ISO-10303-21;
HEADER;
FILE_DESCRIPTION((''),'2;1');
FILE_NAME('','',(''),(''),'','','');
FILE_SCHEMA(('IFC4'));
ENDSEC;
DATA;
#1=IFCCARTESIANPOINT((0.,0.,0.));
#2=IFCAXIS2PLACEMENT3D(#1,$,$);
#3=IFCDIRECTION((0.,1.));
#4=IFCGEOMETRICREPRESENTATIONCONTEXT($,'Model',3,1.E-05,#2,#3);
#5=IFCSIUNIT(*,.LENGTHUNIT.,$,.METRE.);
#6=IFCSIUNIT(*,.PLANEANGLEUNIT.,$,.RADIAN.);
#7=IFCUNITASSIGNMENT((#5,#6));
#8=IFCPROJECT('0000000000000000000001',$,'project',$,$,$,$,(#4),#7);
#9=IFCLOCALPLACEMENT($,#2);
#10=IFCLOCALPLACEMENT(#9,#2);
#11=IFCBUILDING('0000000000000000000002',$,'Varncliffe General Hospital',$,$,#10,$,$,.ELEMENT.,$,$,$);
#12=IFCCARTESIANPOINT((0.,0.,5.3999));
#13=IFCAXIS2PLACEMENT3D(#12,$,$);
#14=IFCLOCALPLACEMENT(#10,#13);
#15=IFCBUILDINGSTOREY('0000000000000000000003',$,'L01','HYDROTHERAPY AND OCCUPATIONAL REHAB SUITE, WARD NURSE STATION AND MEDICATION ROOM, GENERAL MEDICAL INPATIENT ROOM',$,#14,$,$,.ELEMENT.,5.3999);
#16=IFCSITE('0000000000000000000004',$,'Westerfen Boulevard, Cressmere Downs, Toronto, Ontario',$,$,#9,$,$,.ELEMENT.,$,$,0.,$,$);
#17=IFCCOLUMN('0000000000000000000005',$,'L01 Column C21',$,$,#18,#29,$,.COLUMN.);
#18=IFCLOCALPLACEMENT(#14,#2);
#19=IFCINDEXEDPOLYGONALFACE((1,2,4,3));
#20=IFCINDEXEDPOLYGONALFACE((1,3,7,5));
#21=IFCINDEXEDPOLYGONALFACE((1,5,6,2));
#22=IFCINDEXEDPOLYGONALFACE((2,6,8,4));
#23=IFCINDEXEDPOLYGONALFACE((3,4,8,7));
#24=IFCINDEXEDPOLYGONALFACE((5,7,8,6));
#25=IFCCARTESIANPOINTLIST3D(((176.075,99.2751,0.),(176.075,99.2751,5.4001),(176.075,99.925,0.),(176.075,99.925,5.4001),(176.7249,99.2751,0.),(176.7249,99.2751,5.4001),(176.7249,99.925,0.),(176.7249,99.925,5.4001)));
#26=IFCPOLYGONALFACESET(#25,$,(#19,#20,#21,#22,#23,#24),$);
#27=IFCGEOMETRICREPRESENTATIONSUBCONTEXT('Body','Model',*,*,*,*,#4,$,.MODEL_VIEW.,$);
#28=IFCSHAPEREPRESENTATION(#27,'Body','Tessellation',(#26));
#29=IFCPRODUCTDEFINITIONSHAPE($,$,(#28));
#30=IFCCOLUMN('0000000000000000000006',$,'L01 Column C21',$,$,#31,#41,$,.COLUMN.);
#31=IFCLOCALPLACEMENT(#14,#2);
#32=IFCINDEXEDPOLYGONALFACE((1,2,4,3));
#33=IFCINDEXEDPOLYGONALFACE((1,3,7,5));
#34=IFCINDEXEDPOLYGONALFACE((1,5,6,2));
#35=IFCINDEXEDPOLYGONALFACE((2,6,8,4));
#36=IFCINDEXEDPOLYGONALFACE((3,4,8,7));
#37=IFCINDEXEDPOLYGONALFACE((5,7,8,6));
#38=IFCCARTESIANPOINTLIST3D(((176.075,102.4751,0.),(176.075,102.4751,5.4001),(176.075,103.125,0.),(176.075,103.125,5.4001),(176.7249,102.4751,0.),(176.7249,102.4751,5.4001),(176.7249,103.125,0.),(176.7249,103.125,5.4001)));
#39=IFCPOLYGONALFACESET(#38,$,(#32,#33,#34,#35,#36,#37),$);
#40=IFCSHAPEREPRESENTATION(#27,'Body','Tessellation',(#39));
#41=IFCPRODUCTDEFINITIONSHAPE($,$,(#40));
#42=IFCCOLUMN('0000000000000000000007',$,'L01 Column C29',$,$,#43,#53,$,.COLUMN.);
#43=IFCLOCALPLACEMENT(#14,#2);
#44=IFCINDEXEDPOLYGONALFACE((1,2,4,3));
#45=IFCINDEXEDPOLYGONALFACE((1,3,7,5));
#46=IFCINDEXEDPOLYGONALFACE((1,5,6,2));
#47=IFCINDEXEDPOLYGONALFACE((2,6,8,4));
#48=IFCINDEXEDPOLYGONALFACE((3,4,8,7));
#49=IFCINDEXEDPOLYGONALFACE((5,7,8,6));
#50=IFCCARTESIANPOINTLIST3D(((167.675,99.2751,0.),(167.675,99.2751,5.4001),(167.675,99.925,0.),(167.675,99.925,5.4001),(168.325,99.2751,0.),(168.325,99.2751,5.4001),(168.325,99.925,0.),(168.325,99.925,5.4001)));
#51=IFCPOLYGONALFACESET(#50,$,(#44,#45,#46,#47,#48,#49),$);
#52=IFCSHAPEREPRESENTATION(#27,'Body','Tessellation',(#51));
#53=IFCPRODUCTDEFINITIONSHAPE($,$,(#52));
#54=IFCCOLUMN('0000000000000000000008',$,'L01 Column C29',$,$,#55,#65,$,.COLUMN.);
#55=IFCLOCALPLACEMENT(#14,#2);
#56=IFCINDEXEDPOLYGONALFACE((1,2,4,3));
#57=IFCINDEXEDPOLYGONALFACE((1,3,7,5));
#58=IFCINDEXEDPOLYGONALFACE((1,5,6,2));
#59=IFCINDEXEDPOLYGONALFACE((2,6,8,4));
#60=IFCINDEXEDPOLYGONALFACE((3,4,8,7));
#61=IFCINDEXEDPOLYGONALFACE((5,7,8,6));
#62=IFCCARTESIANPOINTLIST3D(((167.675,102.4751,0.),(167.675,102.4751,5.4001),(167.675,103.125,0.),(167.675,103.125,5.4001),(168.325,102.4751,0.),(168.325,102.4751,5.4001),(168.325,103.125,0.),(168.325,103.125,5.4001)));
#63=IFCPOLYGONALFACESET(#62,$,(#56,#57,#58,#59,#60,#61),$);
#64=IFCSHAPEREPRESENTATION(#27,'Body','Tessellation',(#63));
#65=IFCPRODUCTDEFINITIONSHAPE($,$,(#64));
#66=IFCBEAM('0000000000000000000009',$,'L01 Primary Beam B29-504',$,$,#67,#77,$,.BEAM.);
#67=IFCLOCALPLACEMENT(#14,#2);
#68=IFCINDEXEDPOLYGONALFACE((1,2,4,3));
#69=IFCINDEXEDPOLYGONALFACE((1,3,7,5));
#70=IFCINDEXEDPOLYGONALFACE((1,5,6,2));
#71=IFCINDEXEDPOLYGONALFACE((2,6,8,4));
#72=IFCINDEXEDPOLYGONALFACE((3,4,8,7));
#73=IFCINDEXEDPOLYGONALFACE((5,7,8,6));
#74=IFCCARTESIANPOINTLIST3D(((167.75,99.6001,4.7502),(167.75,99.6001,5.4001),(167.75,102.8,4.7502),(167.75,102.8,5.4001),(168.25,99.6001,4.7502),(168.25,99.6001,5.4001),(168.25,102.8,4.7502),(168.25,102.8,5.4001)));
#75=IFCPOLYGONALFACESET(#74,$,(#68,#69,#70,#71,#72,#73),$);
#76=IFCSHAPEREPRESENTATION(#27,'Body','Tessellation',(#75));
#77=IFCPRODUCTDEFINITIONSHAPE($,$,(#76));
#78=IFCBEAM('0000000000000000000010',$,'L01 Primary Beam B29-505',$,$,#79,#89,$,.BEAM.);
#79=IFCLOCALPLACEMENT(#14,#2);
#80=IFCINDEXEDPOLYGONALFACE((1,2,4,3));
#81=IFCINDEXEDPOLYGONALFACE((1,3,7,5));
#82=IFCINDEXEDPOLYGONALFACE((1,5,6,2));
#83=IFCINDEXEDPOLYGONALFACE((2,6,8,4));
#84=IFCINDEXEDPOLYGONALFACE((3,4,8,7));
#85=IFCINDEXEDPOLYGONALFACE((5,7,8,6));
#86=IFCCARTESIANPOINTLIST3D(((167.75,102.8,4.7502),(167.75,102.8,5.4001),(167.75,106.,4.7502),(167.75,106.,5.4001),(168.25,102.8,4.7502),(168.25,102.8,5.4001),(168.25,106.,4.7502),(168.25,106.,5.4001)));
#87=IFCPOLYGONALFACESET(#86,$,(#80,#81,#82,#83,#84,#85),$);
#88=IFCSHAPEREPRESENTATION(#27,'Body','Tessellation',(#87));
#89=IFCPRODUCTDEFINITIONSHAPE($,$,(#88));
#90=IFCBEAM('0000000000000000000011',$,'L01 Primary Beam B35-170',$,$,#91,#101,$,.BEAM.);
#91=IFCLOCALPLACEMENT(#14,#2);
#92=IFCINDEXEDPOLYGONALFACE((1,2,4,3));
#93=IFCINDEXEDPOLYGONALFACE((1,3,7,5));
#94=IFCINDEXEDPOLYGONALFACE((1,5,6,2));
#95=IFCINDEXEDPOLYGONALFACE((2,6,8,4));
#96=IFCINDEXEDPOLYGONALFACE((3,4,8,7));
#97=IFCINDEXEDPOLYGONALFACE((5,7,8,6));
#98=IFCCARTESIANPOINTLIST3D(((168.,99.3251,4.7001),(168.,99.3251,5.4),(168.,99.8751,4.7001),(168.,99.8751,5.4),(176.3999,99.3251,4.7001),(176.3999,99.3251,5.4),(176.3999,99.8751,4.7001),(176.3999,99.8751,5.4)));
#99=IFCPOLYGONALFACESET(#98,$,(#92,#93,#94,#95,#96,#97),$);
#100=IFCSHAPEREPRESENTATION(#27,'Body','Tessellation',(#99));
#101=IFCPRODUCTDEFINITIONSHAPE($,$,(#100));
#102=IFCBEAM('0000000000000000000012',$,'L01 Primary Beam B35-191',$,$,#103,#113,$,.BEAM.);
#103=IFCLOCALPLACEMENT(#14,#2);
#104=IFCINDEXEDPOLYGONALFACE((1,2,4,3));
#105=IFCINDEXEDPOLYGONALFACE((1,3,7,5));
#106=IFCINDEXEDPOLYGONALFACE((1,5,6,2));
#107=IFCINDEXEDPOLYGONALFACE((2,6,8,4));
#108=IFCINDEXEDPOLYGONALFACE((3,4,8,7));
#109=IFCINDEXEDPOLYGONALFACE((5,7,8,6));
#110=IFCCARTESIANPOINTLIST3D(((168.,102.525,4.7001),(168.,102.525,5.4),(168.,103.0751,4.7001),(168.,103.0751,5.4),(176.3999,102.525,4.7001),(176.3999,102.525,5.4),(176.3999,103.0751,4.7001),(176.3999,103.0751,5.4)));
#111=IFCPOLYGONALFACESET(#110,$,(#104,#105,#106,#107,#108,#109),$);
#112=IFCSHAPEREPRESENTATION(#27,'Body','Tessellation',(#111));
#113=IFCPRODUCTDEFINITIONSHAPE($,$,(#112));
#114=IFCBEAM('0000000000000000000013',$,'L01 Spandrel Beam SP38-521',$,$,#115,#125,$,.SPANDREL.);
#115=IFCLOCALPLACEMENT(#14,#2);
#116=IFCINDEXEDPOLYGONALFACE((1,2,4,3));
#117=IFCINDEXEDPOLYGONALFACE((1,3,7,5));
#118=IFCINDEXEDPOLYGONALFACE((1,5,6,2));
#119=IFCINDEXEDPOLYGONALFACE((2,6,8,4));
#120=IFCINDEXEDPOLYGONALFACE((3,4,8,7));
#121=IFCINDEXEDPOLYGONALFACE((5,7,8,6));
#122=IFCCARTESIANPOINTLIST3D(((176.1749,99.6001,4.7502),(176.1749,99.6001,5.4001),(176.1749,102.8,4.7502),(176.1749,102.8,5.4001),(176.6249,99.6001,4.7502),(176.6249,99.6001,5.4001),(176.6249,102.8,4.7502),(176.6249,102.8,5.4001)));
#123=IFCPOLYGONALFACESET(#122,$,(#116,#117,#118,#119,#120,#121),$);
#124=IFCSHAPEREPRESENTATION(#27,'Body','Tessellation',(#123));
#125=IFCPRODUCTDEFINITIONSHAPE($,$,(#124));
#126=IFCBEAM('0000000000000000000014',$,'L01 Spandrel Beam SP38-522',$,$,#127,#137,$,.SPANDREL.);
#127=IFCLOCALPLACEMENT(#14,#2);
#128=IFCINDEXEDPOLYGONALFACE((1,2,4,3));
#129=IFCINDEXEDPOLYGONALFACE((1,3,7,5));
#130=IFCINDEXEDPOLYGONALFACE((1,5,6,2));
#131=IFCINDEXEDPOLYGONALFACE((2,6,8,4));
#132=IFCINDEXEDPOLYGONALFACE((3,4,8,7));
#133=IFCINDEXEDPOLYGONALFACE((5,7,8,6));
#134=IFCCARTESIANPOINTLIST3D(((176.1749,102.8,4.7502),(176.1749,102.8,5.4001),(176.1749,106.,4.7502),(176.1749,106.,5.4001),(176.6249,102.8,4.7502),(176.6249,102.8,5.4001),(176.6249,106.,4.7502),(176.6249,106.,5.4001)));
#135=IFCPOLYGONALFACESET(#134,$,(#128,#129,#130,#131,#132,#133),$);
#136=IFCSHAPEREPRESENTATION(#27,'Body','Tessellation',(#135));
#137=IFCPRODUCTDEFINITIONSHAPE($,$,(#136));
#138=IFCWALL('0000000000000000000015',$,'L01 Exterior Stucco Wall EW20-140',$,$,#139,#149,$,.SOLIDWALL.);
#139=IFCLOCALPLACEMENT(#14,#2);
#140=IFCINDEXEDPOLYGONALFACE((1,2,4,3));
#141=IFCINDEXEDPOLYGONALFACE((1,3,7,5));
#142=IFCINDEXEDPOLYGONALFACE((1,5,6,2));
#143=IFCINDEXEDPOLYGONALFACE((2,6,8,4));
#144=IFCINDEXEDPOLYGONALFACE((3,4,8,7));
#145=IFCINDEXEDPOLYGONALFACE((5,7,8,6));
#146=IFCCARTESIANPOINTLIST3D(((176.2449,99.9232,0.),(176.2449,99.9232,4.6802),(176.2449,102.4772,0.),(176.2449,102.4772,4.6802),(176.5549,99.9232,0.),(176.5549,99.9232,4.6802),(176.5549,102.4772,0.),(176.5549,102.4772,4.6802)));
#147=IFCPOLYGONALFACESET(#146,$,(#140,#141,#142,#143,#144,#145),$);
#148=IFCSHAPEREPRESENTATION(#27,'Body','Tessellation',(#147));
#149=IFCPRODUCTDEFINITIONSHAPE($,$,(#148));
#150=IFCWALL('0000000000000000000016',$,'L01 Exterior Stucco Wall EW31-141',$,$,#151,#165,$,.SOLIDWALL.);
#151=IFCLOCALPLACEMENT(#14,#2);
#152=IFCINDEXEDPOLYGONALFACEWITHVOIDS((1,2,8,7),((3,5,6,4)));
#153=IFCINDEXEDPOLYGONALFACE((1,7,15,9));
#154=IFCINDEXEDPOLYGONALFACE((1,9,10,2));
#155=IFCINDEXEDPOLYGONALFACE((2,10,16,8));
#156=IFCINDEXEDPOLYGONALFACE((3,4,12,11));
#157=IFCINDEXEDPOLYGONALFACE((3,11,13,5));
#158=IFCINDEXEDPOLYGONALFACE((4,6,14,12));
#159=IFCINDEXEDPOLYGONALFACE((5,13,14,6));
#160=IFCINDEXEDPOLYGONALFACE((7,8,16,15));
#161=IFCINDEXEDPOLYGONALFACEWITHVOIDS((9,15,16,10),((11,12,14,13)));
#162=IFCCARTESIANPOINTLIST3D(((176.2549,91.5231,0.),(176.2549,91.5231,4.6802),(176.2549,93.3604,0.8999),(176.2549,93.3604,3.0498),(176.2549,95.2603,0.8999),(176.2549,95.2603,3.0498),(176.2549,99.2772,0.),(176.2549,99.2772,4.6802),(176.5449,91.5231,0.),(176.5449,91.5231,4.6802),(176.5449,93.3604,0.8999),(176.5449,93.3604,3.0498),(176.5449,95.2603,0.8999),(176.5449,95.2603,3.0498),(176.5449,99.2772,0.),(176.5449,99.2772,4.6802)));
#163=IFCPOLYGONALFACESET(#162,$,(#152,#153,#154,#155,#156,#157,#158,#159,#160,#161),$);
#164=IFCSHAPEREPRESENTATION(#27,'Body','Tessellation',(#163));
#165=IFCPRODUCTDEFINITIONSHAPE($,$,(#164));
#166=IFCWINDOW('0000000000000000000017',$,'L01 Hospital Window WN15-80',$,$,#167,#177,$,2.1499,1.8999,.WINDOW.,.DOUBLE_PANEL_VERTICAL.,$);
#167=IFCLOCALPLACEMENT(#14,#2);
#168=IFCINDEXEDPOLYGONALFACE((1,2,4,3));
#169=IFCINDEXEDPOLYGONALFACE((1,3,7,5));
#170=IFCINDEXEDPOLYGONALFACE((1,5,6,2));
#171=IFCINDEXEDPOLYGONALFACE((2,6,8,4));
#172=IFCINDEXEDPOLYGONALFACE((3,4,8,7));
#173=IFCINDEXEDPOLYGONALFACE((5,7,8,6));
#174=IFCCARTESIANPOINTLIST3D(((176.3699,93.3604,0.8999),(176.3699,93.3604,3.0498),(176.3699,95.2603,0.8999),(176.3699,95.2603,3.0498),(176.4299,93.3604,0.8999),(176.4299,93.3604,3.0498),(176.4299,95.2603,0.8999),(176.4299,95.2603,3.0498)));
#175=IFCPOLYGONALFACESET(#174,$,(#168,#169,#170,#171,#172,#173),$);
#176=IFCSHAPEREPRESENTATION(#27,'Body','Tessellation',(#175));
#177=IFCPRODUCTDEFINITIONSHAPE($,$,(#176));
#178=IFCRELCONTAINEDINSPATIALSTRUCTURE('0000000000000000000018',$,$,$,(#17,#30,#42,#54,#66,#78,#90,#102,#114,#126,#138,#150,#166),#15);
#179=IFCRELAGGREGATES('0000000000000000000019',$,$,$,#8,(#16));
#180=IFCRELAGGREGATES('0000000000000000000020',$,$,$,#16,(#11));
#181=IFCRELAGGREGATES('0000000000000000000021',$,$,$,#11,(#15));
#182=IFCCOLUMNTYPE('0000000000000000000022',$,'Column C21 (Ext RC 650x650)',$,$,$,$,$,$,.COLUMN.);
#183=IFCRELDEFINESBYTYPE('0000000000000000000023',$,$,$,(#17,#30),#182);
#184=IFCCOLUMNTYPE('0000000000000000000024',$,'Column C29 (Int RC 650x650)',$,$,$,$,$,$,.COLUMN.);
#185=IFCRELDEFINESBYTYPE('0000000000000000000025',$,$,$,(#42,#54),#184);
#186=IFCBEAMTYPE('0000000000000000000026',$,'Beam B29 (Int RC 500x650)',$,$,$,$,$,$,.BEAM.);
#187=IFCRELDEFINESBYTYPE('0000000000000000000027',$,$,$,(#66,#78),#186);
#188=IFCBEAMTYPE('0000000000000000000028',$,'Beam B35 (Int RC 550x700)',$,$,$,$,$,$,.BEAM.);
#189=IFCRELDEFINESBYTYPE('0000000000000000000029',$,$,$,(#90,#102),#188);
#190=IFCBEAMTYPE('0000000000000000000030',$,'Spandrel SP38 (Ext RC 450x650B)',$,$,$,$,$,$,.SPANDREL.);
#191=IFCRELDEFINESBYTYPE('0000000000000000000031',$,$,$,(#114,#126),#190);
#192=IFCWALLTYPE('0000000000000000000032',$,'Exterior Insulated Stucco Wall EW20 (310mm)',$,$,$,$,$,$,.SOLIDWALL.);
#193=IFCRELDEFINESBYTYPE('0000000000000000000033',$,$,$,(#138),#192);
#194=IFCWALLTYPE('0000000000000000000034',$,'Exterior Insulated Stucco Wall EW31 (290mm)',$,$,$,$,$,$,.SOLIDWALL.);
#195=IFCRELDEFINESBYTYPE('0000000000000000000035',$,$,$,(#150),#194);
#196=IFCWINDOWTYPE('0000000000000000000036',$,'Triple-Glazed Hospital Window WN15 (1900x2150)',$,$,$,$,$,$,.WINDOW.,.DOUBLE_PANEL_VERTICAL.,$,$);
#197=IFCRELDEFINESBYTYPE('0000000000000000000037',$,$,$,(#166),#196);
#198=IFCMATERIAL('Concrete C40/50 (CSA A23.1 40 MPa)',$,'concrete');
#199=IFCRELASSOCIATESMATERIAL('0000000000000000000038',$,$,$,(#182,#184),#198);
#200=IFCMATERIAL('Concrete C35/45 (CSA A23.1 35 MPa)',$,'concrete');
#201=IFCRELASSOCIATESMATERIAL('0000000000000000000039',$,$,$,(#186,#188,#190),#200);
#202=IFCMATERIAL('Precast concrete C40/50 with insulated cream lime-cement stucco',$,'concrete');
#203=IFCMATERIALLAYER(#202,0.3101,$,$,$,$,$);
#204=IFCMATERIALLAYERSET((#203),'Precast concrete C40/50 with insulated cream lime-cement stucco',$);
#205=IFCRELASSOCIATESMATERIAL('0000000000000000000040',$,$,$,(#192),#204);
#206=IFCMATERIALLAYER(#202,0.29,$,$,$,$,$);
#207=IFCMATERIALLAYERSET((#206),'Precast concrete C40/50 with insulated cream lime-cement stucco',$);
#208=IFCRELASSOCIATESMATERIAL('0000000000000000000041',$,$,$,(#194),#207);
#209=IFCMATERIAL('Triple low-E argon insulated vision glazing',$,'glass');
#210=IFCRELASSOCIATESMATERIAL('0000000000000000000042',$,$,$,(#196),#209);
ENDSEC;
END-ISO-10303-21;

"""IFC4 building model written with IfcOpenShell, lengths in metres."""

from ifc_helpers import new_model, si_unit, direction, frame, frame_2d, origin, origin_2d, place, context, subcontext, project, spatial, rectangle, extrude, material, layer, layer_set, material_profile, profile_set, type_object, element, fill, save


model = new_model("IFC4")

# Units and contexts
model_context = context("Model", 3, precision=1e-05, world=origin(), true_north=direction((0.0, 1.0)))
body_context = subcontext(model_context, "Body", "Model", "MODEL_VIEW")
ifc_project = project(units=[si_unit("LENGTHUNIT", "METRE"), si_unit("PLANEANGLEUNIT", "RADIAN")], contexts=[model_context])

# Site, building, storey
site_placement = place(None, origin())
site = spatial("IfcSite", under=ifc_project, at=site_placement, Name="Westerfen Boulevard, Cressmere Downs, Toronto, Ontario", CompositionType="ELEMENT", RefElevation=0.0)
building_placement = place(site_placement, origin())
building = spatial("IfcBuilding", under=site, at=building_placement, Name="Varncliffe General Hospital", CompositionType="ELEMENT")
storey_placement = place(building_placement, frame((0.0, 0.0, 5.3999)))
storey = spatial("IfcBuildingStorey", under=building, at=storey_placement, Name="L01", Description="HYDROTHERAPY AND OCCUPATIONAL REHAB SUITE, WARD NURSE STATION AND MEDICATION ROOM, GENERAL MEDICAL INPATIENT ROOM", CompositionType="ELEMENT", Elevation=5.3999)

# Columns
ifc_material_1 = material(Name="Concrete C40/50 (CSA A23.1 40 MPa)", Category="concrete")
ifc_material_profile_1 = material_profile(ifc_material_1, rectangle(XDim=0.6499, YDim=0.6499, at=origin_2d()), Name="RC 650x650")
ifc_profile_set_1 = profile_set([ifc_material_profile_1], Name="Concrete C40/50 (CSA A23.1 40 MPa)")
column_type_1 = type_object("IfcColumnType", Name="Column C21 (Ext RC 650x650)", PredefinedType="COLUMN", material=ifc_profile_set_1)
for number, where, z_axis, x_axis, name in (
    (1, (176.3999, 99.6001, 0.0), (0.0, 0.0, 1.0), (1.0, 0.0, 0.0), "L01 Column C21"),
    (2, (176.3999, 102.8, 0.0), (0.0, 0.0, 1.0), (1.0, 0.0, 0.0), "L01 Column C21"),
):
    element("IfcColumn", number, at=place(storey_placement, frame(where, z_axis=z_axis, x_axis=x_axis)), inside=storey, type_object=column_type_1, Name=name, PredefinedType="COLUMN", context=body_context, shape_type="SweptSolid", body=[
        extrude(rectangle(XDim=0.6499, YDim=0.6499, at=origin_2d()), origin(), (0.0, 0.0, 1.0), 5.4001),
    ])
ifc_material_profile_2 = material_profile(ifc_material_1, rectangle(XDim=0.6499, YDim=0.6499, at=origin_2d()), Name="RC 650x650")
ifc_profile_set_2 = profile_set([ifc_material_profile_2], Name="Concrete C40/50 (CSA A23.1 40 MPa)")
column_type_2 = type_object("IfcColumnType", Name="Column C29 (Int RC 650x650)", PredefinedType="COLUMN", material=ifc_profile_set_2)
for number, where, z_axis, x_axis, name in (
    (3, (168.0, 99.6001, 0.0), (0.0, 0.0, 1.0), (1.0, 0.0, 0.0), "L01 Column C29"),
    (4, (168.0, 102.8, 0.0), (0.0, 0.0, 1.0), (1.0, 0.0, 0.0), "L01 Column C29"),
):
    element("IfcColumn", number, at=place(storey_placement, frame(where, z_axis=z_axis, x_axis=x_axis)), inside=storey, type_object=column_type_2, Name=name, PredefinedType="COLUMN", context=body_context, shape_type="SweptSolid", body=[
        extrude(rectangle(XDim=0.6499, YDim=0.6499, at=origin_2d()), origin(), (0.0, 0.0, 1.0), 5.4001),
    ])

# Beams
ifc_material_2 = material(Name="Concrete C35/45 (CSA A23.1 35 MPa)", Category="concrete")
ifc_material_profile_3 = material_profile(ifc_material_2, rectangle(XDim=0.5, YDim=0.6499, at=origin_2d()), Name="RC 500x650")
ifc_profile_set_3 = profile_set([ifc_material_profile_3], Name="Concrete C35/45 (CSA A23.1 35 MPa)")
beam_type_1 = type_object("IfcBeamType", Name="Beam B29 (Int RC 500x650)", PredefinedType="BEAM", material=ifc_profile_set_3)
for number, where, z_axis, x_axis, name in (
    (5, (168.0, 99.6001, 5.0752), (0.0, 1.0, 0.0), (-1.0, 0.0, 0.0), "L01 Primary Beam B29-504"),
    (6, (168.0, 102.8, 5.0752), (0.0, 1.0, 0.0), (-1.0, 0.0, 0.0), "L01 Primary Beam B29-505"),
):
    element("IfcBeam", number, at=place(storey_placement, frame(where, z_axis=z_axis, x_axis=x_axis)), inside=storey, type_object=beam_type_1, Name=name, PredefinedType="BEAM", context=body_context, shape_type="SweptSolid", body=[
        extrude(rectangle(XDim=0.5, YDim=0.6499, at=origin_2d()), origin(), (0.0, 0.0, 1.0), 3.2),
    ])
ifc_material_profile_4 = material_profile(ifc_material_2, rectangle(XDim=0.55, YDim=0.7, at=origin_2d()), Name="RC 550x700")
ifc_profile_set_4 = profile_set([ifc_material_profile_4], Name="Concrete C35/45 (CSA A23.1 35 MPa)")
beam_type_2 = type_object("IfcBeamType", Name="Beam B35 (Int RC 550x700)", PredefinedType="BEAM", material=ifc_profile_set_4)
for number, where, z_axis, x_axis, name in (
    (7, (168.0, 99.6001, 5.05), (1.0, 0.0, 0.0), (0.0, 1.0, 0.0), "L01 Primary Beam B35-170"),
    (8, (168.0, 102.8, 5.05), (1.0, 0.0, 0.0), (0.0, 1.0, 0.0), "L01 Primary Beam B35-191"),
):
    element("IfcBeam", number, at=place(storey_placement, frame(where, z_axis=z_axis, x_axis=x_axis)), inside=storey, type_object=beam_type_2, Name=name, PredefinedType="BEAM", context=body_context, shape_type="SweptSolid", body=[
        extrude(rectangle(XDim=0.55, YDim=0.7, at=origin_2d()), origin(), (0.0, 0.0, 1.0), 8.3999),
    ])
ifc_material_profile_5 = material_profile(ifc_material_2, rectangle(XDim=0.45, YDim=0.6499, at=origin_2d()), Name="RC 450x650")
ifc_profile_set_5 = profile_set([ifc_material_profile_5], Name="Concrete C35/45 (CSA A23.1 35 MPa)")
beam_type_3 = type_object("IfcBeamType", Name="Spandrel SP38 (Ext RC 450x650B)", PredefinedType="SPANDREL", material=ifc_profile_set_5)
for number, where, z_axis, x_axis, name in (
    (9, (176.3999, 99.6001, 5.0752), (0.0, 1.0, 0.0), (-1.0, 0.0, 0.0), "L01 Spandrel Beam SP38-521"),
    (10, (176.3999, 102.8, 5.0752), (0.0, 1.0, 0.0), (-1.0, 0.0, 0.0), "L01 Spandrel Beam SP38-522"),
):
    element("IfcBeam", number, at=place(storey_placement, frame(where, z_axis=z_axis, x_axis=x_axis)), inside=storey, type_object=beam_type_3, Name=name, PredefinedType="SPANDREL", context=body_context, shape_type="SweptSolid", body=[
        extrude(rectangle(XDim=0.45, YDim=0.6499, at=origin_2d()), origin(), (0.0, 0.0, 1.0), 3.2),
    ])

# Wall
ifc_material_3 = material(Name="Precast concrete C40/50 with insulated cream lime-cement stucco", Category="concrete")
ifc_layer_1 = layer(ifc_material_3, 0.3101)
ifc_layer_set_1 = layer_set([ifc_layer_1], Name="Precast concrete C40/50 with insulated cream lime-cement stucco")
wall_type_1 = type_object("IfcWallType", Name="Exterior Insulated Stucco Wall EW20 (310mm)", PredefinedType="SOLIDWALL", material=ifc_layer_set_1)
wall_1_placement = place(storey_placement, frame((176.3999, 102.4771, 0.0), z_axis=(0.0, 0.0, 1.0), x_axis=(0.0, -1.0, 0.0)))
element("IfcWall", 11, at=wall_1_placement, inside=storey, type_object=wall_type_1, Name="L01 Exterior Stucco Wall EW20-140", PredefinedType="SOLIDWALL", context=body_context, shape_type="SweptSolid", body=[
    extrude(rectangle(XDim=2.554, YDim=0.3101, at=frame_2d((1.2769, 0.0))), origin(), (0.0, 0.0, 1.0), 4.6802),
])

# Wall, opening, window
ifc_layer_2 = layer(ifc_material_3, 0.29)
ifc_layer_set_2 = layer_set([ifc_layer_2], Name="Precast concrete C40/50 with insulated cream lime-cement stucco")
wall_type_2 = type_object("IfcWallType", Name="Exterior Insulated Stucco Wall EW31 (290mm)", PredefinedType="SOLIDWALL", material=ifc_layer_set_2)
wall_2_placement = place(storey_placement, frame((176.3999, 99.2771, 0.0), z_axis=(0.0, 0.0, 1.0), x_axis=(0.0, -1.0, 0.0)))
wall_2 = element("IfcWall", 12, at=wall_2_placement, inside=storey, type_object=wall_type_2, Name="L01 Exterior Stucco Wall EW31-141", PredefinedType="SOLIDWALL", context=body_context, shape_type="SweptSolid", body=[
    extrude(rectangle(XDim=7.7542, YDim=0.29, at=frame_2d((3.877, 0.0))), origin(), (0.0, 0.0, 1.0), 4.6802),
])
opening_1_placement = place(wall_2_placement, frame((4.0168, 0.0, 0.8999)))
opening_1 = element("IfcOpeningElement", 13, at=opening_1_placement, cuts=wall_2, PredefinedType="OPENING", context=body_context, shape_type="SweptSolid", body=[
    extrude(rectangle(XDim=1.8999, YDim=2.1499, at=frame_2d((0.95, 1.075))), frame((0.0, 0.155, 0.0), z_axis=(0.0, -1.0, 0.0), x_axis=(1.0, 0.0, 0.0)), (0.0, 0.0, 1.0), 0.3101),
])
ifc_material_4 = material(Name="Triple low-E argon insulated vision glazing", Category="glass")
window_type = type_object("IfcWindowType", Name="Triple-Glazed Hospital Window WN15 (1900x2150)", PartitioningType="DOUBLE_PANEL_VERTICAL", PredefinedType="WINDOW", material=ifc_material_4)
window_placement = place(opening_1_placement, origin())
window = element("IfcWindow", 14, at=window_placement, inside=storey, type_object=window_type, Name="L01 Hospital Window WN15-80", OverallHeight=2.1499, OverallWidth=1.8999, PartitioningType="DOUBLE_PANEL_VERTICAL", PredefinedType="WINDOW", context=body_context, shape_type="SweptSolid", body=[
    extrude(rectangle(XDim=1.8999, YDim=2.1499, at=frame_2d((0.95, 1.075))), frame((0.0, 0.03, 0.0), z_axis=(0.0, -1.0, 0.0), x_axis=(1.0, 0.0, 0.0)), (0.0, 0.0, 1.0), 0.0601),
])
fill(opening_1, window)

save(model, "model.ifc")
